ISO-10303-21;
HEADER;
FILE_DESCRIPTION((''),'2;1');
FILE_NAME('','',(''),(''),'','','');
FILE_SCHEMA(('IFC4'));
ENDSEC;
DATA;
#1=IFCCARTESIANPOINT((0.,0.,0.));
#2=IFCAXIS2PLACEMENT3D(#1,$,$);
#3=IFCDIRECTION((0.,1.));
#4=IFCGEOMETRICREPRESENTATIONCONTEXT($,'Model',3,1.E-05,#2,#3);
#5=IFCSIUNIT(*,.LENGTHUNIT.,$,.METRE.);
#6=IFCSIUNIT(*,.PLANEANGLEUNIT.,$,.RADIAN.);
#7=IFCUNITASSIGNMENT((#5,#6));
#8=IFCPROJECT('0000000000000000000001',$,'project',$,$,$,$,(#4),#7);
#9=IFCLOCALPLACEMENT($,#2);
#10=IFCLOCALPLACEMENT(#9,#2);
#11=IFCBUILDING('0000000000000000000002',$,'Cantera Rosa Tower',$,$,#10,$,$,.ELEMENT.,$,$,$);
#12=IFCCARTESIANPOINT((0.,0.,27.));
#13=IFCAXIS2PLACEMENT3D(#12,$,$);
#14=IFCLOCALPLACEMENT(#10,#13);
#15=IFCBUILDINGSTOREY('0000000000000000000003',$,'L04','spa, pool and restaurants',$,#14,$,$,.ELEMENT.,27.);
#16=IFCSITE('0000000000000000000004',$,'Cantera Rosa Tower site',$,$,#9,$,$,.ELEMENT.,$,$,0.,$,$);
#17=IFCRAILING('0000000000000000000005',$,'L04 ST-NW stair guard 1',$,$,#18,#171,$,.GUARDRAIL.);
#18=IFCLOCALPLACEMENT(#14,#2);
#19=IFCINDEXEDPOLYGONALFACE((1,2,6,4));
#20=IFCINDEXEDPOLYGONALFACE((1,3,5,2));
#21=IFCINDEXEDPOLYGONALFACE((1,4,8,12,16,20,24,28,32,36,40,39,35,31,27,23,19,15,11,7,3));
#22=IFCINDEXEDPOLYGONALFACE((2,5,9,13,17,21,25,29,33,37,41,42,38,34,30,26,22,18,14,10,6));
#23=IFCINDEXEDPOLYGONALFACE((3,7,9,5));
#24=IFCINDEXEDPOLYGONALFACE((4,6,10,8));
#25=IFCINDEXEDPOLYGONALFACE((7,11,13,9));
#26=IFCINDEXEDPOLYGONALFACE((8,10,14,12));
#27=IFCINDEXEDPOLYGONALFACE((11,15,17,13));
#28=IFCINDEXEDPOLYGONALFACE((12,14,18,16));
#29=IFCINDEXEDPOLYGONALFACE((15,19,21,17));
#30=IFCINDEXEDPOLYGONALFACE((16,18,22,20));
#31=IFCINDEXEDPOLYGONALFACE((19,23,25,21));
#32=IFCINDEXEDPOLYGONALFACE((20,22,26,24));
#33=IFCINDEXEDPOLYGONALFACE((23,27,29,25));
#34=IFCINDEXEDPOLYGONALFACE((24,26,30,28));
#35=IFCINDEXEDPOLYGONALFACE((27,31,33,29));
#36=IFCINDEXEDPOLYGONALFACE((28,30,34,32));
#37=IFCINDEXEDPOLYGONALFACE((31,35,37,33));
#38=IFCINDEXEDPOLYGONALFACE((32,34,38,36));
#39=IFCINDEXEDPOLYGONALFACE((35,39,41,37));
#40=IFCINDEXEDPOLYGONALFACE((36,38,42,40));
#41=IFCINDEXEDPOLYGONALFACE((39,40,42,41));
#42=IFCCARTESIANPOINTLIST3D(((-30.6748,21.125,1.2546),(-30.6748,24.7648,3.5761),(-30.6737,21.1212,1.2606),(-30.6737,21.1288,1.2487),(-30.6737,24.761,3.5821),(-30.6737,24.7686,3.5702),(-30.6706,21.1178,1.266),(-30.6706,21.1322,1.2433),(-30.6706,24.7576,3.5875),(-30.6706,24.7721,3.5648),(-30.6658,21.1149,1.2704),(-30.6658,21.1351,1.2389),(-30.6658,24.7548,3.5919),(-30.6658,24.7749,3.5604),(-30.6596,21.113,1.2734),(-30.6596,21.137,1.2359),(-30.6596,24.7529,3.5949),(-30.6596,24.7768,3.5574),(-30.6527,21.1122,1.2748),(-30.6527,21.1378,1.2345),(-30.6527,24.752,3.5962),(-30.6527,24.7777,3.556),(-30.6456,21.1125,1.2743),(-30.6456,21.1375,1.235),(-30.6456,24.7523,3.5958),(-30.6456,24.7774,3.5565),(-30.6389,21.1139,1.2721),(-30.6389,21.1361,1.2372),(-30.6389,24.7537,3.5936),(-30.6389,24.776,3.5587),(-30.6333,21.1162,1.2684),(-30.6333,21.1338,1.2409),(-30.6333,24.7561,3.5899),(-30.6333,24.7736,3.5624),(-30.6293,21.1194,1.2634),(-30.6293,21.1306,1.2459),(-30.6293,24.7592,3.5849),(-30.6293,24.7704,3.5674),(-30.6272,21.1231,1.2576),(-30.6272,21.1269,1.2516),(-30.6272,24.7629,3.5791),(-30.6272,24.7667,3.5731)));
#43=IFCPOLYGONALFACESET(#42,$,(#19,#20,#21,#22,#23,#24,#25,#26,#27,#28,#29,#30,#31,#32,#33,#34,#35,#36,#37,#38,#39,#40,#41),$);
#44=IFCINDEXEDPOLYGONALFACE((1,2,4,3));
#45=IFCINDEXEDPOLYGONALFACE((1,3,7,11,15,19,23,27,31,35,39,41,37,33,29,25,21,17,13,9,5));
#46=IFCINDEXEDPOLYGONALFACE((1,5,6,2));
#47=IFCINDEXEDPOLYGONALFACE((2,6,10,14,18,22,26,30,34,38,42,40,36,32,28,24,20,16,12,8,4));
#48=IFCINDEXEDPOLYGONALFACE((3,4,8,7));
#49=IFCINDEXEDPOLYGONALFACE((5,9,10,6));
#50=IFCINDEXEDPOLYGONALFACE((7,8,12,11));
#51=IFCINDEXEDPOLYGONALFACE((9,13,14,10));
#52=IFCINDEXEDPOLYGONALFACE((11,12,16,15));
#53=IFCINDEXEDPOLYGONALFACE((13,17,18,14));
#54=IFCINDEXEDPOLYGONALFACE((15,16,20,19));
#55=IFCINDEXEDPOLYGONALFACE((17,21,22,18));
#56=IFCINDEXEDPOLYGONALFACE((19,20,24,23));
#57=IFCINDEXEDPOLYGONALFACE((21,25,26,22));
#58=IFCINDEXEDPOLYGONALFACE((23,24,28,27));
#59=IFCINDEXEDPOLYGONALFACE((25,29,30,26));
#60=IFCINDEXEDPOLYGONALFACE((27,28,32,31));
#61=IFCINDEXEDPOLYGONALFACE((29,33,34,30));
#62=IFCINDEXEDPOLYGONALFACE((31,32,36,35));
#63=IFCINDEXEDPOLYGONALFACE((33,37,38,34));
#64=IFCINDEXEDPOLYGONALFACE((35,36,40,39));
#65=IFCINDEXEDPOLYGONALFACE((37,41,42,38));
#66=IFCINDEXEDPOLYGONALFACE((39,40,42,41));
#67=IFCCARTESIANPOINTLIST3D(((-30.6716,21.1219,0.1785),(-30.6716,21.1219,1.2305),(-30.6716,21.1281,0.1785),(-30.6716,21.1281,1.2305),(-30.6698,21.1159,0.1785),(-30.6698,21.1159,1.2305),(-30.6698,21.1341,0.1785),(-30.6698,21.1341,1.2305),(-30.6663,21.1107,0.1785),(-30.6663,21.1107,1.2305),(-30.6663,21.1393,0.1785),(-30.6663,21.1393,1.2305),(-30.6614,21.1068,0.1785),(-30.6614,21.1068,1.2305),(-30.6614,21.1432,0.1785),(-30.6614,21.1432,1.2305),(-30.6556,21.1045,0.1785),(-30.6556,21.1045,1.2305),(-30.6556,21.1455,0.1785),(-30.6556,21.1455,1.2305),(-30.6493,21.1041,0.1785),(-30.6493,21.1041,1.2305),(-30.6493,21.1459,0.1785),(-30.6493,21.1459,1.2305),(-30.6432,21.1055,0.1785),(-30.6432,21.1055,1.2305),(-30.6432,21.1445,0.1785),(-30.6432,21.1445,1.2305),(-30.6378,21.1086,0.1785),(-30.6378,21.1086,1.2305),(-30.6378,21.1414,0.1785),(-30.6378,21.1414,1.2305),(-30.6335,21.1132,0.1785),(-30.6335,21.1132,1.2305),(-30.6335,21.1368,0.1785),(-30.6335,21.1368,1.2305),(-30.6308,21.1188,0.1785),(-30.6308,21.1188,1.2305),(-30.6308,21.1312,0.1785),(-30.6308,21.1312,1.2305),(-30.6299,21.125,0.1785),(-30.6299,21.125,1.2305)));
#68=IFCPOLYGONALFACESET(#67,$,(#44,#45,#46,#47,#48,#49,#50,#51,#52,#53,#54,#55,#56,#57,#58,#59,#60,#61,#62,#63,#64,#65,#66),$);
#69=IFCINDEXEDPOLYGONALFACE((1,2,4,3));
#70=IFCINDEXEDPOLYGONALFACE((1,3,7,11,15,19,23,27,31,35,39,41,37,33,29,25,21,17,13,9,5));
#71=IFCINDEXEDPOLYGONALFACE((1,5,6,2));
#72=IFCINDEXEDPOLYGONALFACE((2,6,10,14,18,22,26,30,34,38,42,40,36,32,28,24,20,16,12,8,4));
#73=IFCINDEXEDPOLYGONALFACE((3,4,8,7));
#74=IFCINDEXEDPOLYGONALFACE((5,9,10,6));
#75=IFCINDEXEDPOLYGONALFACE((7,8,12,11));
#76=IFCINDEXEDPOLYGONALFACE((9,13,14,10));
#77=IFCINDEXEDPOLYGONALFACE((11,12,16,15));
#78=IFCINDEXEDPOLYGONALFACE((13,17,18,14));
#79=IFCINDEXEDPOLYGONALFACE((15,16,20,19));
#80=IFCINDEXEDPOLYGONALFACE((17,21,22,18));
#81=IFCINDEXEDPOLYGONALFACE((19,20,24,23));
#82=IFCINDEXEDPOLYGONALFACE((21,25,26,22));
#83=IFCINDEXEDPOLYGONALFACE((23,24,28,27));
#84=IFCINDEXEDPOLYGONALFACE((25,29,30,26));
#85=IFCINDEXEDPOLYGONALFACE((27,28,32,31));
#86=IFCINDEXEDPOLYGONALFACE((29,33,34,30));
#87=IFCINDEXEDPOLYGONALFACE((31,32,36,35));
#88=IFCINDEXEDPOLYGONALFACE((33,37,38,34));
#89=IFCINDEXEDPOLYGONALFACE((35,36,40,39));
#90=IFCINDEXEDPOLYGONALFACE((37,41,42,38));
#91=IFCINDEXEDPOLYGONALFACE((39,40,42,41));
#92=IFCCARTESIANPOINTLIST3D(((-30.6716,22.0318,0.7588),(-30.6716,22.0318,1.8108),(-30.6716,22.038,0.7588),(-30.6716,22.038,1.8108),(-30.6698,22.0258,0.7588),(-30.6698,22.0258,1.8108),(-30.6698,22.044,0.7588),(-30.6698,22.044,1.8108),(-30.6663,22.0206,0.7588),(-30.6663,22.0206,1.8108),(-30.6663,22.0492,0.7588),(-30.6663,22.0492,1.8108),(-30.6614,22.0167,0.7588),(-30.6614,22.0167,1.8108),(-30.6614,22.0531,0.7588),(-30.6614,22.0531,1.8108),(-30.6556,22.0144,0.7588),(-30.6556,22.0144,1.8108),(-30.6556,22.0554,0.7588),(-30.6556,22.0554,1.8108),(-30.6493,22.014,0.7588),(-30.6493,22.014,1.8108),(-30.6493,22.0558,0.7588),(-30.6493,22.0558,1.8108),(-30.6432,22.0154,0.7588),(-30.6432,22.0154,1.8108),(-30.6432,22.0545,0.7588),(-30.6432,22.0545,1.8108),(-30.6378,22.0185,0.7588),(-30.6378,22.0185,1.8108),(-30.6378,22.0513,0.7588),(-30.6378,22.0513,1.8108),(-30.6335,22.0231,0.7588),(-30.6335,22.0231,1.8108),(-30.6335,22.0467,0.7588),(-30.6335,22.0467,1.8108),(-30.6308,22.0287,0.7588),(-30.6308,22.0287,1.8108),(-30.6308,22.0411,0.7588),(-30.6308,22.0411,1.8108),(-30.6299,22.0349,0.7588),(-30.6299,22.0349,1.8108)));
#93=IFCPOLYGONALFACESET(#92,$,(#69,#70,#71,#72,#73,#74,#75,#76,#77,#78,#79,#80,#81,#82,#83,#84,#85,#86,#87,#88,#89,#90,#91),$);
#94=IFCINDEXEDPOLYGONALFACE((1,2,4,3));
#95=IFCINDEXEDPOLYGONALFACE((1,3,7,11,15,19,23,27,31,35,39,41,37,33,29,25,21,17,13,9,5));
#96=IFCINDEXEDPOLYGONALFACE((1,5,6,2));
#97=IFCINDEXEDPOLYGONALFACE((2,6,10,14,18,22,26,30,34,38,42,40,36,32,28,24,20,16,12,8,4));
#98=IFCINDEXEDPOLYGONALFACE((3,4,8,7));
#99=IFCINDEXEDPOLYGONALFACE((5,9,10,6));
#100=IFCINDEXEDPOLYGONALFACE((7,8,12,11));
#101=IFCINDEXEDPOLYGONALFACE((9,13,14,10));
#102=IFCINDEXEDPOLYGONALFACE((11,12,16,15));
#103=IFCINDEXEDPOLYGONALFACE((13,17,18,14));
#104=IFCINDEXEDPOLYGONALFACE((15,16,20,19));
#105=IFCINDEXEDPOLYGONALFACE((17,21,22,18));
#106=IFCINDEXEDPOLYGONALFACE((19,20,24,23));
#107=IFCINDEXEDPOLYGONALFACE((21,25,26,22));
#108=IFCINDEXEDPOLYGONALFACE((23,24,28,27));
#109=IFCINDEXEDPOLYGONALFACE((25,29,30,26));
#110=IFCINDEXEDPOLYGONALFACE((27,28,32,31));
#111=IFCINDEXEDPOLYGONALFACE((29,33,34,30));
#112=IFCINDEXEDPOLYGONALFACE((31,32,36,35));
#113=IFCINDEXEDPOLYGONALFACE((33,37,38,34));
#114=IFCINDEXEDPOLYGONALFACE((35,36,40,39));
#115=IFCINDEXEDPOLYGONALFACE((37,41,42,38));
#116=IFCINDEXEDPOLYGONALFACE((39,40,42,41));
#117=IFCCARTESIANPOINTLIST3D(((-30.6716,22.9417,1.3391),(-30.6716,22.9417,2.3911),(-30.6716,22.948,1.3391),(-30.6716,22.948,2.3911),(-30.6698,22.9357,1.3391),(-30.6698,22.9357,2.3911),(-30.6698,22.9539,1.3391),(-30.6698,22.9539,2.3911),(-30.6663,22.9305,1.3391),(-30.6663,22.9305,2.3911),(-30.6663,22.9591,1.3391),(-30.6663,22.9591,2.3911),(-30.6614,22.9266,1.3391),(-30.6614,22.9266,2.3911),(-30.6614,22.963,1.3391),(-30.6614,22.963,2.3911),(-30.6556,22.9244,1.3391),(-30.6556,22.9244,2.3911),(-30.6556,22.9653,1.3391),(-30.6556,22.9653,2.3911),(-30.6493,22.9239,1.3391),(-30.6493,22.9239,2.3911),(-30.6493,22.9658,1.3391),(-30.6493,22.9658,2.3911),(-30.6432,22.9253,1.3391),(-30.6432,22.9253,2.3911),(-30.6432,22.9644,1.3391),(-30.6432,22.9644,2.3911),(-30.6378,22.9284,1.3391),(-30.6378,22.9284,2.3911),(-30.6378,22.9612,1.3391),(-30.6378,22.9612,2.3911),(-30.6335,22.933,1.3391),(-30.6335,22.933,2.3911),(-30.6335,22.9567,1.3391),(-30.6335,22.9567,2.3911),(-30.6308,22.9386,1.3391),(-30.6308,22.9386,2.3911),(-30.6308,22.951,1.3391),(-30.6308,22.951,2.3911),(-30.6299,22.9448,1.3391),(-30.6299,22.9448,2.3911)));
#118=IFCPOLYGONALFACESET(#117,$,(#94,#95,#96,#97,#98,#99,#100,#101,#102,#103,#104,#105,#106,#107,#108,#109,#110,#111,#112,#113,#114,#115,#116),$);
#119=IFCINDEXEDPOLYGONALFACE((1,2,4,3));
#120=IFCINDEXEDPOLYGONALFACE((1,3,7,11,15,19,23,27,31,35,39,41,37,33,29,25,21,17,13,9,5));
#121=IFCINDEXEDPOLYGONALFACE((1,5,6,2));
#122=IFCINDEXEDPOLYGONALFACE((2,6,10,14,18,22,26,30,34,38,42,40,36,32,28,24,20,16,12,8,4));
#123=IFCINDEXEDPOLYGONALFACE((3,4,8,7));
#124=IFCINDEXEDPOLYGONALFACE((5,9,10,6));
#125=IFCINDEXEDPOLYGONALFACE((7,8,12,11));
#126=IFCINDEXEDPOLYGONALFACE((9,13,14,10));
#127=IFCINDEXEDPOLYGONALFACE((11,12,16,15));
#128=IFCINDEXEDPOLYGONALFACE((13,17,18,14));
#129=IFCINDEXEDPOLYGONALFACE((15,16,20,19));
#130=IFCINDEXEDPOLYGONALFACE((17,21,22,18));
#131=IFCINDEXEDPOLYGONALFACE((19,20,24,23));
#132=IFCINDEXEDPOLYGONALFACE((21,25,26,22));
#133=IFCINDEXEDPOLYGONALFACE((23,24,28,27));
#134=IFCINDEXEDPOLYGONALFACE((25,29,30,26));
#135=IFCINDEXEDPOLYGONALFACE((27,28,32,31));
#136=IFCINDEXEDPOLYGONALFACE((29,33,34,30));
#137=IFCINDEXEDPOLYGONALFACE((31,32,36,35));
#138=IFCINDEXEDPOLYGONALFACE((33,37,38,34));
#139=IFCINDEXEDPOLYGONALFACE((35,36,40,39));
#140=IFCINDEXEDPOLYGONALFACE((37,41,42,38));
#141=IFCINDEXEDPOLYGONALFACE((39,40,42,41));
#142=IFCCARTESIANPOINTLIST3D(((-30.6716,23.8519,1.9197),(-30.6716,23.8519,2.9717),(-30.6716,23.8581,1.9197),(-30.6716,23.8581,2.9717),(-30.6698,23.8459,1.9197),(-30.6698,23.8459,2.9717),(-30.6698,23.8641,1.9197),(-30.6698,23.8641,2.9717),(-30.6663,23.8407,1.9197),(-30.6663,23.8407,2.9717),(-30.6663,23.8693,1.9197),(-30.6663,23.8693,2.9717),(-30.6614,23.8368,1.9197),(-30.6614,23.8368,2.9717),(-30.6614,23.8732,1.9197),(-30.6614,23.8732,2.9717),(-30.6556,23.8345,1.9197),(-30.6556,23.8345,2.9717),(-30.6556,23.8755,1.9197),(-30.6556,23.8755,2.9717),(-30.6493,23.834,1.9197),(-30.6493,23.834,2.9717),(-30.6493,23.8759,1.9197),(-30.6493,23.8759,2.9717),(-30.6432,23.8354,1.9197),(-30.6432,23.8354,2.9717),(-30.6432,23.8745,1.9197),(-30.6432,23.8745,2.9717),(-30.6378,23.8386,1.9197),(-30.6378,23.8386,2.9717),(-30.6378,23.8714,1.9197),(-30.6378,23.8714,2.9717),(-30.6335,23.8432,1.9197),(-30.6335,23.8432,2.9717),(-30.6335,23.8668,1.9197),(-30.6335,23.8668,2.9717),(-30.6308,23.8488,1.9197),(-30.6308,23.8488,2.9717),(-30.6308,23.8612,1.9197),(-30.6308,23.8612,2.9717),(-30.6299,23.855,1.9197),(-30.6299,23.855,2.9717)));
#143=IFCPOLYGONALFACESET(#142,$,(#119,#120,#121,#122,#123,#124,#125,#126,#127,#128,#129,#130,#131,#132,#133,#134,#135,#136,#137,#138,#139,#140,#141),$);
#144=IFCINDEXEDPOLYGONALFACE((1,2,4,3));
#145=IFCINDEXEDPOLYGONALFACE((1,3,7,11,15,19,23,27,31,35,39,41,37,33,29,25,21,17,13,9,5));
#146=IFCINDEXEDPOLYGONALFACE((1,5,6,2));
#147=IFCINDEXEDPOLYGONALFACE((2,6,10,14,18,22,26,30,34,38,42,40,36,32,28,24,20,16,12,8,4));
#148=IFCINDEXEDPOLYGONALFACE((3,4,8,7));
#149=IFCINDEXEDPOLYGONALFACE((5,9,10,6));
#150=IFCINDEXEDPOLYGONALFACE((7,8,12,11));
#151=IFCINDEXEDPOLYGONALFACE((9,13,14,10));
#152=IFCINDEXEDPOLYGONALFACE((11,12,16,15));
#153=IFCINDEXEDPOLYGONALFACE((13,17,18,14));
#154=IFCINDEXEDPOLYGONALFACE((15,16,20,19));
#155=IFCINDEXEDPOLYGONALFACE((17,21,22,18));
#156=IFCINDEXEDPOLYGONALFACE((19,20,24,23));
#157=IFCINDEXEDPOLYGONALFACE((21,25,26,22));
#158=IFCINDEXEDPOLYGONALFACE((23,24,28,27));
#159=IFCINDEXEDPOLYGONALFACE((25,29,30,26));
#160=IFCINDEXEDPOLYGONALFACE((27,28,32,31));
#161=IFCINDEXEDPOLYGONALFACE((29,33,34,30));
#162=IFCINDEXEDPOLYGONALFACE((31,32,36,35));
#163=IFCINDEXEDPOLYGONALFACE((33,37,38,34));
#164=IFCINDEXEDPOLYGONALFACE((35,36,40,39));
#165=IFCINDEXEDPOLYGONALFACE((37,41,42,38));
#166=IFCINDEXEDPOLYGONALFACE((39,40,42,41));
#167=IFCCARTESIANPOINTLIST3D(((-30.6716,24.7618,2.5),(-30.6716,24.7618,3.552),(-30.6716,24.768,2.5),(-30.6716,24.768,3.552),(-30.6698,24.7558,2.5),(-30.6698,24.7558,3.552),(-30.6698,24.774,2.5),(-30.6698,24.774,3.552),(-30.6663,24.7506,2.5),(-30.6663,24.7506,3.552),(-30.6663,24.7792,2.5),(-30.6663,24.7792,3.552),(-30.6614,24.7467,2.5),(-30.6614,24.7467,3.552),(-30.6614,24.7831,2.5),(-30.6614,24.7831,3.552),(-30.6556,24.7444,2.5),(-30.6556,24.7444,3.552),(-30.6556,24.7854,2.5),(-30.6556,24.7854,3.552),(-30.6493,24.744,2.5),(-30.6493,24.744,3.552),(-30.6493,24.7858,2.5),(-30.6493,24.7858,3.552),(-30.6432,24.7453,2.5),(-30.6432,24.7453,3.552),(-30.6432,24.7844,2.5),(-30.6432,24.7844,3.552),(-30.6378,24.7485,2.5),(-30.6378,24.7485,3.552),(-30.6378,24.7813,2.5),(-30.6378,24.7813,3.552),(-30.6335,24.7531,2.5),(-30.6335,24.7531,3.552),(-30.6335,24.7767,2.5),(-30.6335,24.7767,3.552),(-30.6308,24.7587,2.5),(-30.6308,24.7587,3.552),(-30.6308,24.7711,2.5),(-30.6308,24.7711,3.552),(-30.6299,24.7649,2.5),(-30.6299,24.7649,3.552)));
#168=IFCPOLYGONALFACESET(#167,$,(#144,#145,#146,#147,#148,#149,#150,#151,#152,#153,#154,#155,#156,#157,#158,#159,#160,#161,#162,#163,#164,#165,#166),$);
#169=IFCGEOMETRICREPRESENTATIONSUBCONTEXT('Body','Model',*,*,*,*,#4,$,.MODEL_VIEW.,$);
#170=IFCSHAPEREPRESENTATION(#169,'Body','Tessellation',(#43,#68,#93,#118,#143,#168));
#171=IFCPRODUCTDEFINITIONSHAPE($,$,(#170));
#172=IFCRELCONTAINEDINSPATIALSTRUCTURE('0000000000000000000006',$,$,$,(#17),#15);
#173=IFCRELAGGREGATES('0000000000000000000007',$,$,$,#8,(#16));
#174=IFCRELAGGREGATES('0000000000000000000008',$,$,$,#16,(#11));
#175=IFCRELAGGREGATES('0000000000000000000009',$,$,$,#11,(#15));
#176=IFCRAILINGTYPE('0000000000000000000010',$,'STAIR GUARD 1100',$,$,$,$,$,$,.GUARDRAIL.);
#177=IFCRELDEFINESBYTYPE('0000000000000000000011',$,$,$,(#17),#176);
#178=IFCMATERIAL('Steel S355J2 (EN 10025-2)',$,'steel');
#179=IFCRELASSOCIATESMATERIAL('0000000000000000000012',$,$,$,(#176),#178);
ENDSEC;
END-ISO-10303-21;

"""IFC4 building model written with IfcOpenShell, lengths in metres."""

from ifc_helpers import new_model, si_unit, direction, frame, origin, origin_2d, place, context, subcontext, project, spatial, circle, extrude, material, type_object, element, save


model = new_model("IFC4")

# Units and contexts
model_context = context("Model", 3, precision=1e-05, world=origin(), true_north=direction((0.0, 1.0)))
body_context = subcontext(model_context, "Body", "Model", "MODEL_VIEW")
ifc_project = project(units=[si_unit("LENGTHUNIT", "METRE"), si_unit("PLANEANGLEUNIT", "RADIAN")], contexts=[model_context])

# Site, building, storey
site_placement = place(None, origin())
site = spatial("IfcSite", under=ifc_project, at=site_placement, Name="Cantera Rosa Tower site", CompositionType="ELEMENT", RefElevation=0.0)
building_placement = place(site_placement, origin())
building = spatial("IfcBuilding", under=site, at=building_placement, Name="Cantera Rosa Tower", CompositionType="ELEMENT")
storey_placement = place(building_placement, frame((0.0, 0.0, 27.0)))
storey = spatial("IfcBuildingStorey", under=building, at=storey_placement, Name="L04", Description="spa, pool and restaurants", CompositionType="ELEMENT", Elevation=27.0)

# Railing
ifc_material_1 = material(Name="Steel S355J2 (EN 10025-2)", Category="steel")
railing_type_1 = type_object("IfcRailingType", Name="STAIR GUARD 1100", PredefinedType="GUARDRAIL", material=ifc_material_1)
railing_1_placement = place(storey_placement, frame((-30.6509, 21.125, 0.1785)))
element("IfcRailing", 1, at=railing_1_placement, inside=storey, type_object=railing_type_1, Name="L04 ST-NW stair guard 1", PredefinedType="GUARDRAIL", context=body_context, shape_type="SweptSolid", body=[
    extrude(circle(Radius=0.0239, at=origin_2d()), frame((0.0, 0.0, 1.0762), z_axis=(0.0, 0.843112, 0.537739), x_axis=(-1.0, 0.0, 0.0)), (0.0, 0.0, 1.0), 4.3171),
    extrude(circle(Radius=0.021, at=origin_2d()), origin(), (0.0, 0.0, 1.0), 1.052),
    extrude(circle(Radius=0.021, at=origin_2d()), frame((0.0, 0.9099, 0.5803)), (0.0, 0.0, 1.0), 1.052),
    extrude(circle(Radius=0.021, at=origin_2d()), frame((0.0, 1.8198, 1.1606)), (0.0, 0.0, 1.0), 1.052),
    extrude(circle(Radius=0.021, at=origin_2d()), frame((0.0, 2.73, 1.7412)), (0.0, 0.0, 1.0), 1.052),
    extrude(circle(Radius=0.021, at=origin_2d()), frame((0.0, 3.6399, 2.3215)), (0.0, 0.0, 1.0), 1.052),
])

save(model, "model.ifc")
